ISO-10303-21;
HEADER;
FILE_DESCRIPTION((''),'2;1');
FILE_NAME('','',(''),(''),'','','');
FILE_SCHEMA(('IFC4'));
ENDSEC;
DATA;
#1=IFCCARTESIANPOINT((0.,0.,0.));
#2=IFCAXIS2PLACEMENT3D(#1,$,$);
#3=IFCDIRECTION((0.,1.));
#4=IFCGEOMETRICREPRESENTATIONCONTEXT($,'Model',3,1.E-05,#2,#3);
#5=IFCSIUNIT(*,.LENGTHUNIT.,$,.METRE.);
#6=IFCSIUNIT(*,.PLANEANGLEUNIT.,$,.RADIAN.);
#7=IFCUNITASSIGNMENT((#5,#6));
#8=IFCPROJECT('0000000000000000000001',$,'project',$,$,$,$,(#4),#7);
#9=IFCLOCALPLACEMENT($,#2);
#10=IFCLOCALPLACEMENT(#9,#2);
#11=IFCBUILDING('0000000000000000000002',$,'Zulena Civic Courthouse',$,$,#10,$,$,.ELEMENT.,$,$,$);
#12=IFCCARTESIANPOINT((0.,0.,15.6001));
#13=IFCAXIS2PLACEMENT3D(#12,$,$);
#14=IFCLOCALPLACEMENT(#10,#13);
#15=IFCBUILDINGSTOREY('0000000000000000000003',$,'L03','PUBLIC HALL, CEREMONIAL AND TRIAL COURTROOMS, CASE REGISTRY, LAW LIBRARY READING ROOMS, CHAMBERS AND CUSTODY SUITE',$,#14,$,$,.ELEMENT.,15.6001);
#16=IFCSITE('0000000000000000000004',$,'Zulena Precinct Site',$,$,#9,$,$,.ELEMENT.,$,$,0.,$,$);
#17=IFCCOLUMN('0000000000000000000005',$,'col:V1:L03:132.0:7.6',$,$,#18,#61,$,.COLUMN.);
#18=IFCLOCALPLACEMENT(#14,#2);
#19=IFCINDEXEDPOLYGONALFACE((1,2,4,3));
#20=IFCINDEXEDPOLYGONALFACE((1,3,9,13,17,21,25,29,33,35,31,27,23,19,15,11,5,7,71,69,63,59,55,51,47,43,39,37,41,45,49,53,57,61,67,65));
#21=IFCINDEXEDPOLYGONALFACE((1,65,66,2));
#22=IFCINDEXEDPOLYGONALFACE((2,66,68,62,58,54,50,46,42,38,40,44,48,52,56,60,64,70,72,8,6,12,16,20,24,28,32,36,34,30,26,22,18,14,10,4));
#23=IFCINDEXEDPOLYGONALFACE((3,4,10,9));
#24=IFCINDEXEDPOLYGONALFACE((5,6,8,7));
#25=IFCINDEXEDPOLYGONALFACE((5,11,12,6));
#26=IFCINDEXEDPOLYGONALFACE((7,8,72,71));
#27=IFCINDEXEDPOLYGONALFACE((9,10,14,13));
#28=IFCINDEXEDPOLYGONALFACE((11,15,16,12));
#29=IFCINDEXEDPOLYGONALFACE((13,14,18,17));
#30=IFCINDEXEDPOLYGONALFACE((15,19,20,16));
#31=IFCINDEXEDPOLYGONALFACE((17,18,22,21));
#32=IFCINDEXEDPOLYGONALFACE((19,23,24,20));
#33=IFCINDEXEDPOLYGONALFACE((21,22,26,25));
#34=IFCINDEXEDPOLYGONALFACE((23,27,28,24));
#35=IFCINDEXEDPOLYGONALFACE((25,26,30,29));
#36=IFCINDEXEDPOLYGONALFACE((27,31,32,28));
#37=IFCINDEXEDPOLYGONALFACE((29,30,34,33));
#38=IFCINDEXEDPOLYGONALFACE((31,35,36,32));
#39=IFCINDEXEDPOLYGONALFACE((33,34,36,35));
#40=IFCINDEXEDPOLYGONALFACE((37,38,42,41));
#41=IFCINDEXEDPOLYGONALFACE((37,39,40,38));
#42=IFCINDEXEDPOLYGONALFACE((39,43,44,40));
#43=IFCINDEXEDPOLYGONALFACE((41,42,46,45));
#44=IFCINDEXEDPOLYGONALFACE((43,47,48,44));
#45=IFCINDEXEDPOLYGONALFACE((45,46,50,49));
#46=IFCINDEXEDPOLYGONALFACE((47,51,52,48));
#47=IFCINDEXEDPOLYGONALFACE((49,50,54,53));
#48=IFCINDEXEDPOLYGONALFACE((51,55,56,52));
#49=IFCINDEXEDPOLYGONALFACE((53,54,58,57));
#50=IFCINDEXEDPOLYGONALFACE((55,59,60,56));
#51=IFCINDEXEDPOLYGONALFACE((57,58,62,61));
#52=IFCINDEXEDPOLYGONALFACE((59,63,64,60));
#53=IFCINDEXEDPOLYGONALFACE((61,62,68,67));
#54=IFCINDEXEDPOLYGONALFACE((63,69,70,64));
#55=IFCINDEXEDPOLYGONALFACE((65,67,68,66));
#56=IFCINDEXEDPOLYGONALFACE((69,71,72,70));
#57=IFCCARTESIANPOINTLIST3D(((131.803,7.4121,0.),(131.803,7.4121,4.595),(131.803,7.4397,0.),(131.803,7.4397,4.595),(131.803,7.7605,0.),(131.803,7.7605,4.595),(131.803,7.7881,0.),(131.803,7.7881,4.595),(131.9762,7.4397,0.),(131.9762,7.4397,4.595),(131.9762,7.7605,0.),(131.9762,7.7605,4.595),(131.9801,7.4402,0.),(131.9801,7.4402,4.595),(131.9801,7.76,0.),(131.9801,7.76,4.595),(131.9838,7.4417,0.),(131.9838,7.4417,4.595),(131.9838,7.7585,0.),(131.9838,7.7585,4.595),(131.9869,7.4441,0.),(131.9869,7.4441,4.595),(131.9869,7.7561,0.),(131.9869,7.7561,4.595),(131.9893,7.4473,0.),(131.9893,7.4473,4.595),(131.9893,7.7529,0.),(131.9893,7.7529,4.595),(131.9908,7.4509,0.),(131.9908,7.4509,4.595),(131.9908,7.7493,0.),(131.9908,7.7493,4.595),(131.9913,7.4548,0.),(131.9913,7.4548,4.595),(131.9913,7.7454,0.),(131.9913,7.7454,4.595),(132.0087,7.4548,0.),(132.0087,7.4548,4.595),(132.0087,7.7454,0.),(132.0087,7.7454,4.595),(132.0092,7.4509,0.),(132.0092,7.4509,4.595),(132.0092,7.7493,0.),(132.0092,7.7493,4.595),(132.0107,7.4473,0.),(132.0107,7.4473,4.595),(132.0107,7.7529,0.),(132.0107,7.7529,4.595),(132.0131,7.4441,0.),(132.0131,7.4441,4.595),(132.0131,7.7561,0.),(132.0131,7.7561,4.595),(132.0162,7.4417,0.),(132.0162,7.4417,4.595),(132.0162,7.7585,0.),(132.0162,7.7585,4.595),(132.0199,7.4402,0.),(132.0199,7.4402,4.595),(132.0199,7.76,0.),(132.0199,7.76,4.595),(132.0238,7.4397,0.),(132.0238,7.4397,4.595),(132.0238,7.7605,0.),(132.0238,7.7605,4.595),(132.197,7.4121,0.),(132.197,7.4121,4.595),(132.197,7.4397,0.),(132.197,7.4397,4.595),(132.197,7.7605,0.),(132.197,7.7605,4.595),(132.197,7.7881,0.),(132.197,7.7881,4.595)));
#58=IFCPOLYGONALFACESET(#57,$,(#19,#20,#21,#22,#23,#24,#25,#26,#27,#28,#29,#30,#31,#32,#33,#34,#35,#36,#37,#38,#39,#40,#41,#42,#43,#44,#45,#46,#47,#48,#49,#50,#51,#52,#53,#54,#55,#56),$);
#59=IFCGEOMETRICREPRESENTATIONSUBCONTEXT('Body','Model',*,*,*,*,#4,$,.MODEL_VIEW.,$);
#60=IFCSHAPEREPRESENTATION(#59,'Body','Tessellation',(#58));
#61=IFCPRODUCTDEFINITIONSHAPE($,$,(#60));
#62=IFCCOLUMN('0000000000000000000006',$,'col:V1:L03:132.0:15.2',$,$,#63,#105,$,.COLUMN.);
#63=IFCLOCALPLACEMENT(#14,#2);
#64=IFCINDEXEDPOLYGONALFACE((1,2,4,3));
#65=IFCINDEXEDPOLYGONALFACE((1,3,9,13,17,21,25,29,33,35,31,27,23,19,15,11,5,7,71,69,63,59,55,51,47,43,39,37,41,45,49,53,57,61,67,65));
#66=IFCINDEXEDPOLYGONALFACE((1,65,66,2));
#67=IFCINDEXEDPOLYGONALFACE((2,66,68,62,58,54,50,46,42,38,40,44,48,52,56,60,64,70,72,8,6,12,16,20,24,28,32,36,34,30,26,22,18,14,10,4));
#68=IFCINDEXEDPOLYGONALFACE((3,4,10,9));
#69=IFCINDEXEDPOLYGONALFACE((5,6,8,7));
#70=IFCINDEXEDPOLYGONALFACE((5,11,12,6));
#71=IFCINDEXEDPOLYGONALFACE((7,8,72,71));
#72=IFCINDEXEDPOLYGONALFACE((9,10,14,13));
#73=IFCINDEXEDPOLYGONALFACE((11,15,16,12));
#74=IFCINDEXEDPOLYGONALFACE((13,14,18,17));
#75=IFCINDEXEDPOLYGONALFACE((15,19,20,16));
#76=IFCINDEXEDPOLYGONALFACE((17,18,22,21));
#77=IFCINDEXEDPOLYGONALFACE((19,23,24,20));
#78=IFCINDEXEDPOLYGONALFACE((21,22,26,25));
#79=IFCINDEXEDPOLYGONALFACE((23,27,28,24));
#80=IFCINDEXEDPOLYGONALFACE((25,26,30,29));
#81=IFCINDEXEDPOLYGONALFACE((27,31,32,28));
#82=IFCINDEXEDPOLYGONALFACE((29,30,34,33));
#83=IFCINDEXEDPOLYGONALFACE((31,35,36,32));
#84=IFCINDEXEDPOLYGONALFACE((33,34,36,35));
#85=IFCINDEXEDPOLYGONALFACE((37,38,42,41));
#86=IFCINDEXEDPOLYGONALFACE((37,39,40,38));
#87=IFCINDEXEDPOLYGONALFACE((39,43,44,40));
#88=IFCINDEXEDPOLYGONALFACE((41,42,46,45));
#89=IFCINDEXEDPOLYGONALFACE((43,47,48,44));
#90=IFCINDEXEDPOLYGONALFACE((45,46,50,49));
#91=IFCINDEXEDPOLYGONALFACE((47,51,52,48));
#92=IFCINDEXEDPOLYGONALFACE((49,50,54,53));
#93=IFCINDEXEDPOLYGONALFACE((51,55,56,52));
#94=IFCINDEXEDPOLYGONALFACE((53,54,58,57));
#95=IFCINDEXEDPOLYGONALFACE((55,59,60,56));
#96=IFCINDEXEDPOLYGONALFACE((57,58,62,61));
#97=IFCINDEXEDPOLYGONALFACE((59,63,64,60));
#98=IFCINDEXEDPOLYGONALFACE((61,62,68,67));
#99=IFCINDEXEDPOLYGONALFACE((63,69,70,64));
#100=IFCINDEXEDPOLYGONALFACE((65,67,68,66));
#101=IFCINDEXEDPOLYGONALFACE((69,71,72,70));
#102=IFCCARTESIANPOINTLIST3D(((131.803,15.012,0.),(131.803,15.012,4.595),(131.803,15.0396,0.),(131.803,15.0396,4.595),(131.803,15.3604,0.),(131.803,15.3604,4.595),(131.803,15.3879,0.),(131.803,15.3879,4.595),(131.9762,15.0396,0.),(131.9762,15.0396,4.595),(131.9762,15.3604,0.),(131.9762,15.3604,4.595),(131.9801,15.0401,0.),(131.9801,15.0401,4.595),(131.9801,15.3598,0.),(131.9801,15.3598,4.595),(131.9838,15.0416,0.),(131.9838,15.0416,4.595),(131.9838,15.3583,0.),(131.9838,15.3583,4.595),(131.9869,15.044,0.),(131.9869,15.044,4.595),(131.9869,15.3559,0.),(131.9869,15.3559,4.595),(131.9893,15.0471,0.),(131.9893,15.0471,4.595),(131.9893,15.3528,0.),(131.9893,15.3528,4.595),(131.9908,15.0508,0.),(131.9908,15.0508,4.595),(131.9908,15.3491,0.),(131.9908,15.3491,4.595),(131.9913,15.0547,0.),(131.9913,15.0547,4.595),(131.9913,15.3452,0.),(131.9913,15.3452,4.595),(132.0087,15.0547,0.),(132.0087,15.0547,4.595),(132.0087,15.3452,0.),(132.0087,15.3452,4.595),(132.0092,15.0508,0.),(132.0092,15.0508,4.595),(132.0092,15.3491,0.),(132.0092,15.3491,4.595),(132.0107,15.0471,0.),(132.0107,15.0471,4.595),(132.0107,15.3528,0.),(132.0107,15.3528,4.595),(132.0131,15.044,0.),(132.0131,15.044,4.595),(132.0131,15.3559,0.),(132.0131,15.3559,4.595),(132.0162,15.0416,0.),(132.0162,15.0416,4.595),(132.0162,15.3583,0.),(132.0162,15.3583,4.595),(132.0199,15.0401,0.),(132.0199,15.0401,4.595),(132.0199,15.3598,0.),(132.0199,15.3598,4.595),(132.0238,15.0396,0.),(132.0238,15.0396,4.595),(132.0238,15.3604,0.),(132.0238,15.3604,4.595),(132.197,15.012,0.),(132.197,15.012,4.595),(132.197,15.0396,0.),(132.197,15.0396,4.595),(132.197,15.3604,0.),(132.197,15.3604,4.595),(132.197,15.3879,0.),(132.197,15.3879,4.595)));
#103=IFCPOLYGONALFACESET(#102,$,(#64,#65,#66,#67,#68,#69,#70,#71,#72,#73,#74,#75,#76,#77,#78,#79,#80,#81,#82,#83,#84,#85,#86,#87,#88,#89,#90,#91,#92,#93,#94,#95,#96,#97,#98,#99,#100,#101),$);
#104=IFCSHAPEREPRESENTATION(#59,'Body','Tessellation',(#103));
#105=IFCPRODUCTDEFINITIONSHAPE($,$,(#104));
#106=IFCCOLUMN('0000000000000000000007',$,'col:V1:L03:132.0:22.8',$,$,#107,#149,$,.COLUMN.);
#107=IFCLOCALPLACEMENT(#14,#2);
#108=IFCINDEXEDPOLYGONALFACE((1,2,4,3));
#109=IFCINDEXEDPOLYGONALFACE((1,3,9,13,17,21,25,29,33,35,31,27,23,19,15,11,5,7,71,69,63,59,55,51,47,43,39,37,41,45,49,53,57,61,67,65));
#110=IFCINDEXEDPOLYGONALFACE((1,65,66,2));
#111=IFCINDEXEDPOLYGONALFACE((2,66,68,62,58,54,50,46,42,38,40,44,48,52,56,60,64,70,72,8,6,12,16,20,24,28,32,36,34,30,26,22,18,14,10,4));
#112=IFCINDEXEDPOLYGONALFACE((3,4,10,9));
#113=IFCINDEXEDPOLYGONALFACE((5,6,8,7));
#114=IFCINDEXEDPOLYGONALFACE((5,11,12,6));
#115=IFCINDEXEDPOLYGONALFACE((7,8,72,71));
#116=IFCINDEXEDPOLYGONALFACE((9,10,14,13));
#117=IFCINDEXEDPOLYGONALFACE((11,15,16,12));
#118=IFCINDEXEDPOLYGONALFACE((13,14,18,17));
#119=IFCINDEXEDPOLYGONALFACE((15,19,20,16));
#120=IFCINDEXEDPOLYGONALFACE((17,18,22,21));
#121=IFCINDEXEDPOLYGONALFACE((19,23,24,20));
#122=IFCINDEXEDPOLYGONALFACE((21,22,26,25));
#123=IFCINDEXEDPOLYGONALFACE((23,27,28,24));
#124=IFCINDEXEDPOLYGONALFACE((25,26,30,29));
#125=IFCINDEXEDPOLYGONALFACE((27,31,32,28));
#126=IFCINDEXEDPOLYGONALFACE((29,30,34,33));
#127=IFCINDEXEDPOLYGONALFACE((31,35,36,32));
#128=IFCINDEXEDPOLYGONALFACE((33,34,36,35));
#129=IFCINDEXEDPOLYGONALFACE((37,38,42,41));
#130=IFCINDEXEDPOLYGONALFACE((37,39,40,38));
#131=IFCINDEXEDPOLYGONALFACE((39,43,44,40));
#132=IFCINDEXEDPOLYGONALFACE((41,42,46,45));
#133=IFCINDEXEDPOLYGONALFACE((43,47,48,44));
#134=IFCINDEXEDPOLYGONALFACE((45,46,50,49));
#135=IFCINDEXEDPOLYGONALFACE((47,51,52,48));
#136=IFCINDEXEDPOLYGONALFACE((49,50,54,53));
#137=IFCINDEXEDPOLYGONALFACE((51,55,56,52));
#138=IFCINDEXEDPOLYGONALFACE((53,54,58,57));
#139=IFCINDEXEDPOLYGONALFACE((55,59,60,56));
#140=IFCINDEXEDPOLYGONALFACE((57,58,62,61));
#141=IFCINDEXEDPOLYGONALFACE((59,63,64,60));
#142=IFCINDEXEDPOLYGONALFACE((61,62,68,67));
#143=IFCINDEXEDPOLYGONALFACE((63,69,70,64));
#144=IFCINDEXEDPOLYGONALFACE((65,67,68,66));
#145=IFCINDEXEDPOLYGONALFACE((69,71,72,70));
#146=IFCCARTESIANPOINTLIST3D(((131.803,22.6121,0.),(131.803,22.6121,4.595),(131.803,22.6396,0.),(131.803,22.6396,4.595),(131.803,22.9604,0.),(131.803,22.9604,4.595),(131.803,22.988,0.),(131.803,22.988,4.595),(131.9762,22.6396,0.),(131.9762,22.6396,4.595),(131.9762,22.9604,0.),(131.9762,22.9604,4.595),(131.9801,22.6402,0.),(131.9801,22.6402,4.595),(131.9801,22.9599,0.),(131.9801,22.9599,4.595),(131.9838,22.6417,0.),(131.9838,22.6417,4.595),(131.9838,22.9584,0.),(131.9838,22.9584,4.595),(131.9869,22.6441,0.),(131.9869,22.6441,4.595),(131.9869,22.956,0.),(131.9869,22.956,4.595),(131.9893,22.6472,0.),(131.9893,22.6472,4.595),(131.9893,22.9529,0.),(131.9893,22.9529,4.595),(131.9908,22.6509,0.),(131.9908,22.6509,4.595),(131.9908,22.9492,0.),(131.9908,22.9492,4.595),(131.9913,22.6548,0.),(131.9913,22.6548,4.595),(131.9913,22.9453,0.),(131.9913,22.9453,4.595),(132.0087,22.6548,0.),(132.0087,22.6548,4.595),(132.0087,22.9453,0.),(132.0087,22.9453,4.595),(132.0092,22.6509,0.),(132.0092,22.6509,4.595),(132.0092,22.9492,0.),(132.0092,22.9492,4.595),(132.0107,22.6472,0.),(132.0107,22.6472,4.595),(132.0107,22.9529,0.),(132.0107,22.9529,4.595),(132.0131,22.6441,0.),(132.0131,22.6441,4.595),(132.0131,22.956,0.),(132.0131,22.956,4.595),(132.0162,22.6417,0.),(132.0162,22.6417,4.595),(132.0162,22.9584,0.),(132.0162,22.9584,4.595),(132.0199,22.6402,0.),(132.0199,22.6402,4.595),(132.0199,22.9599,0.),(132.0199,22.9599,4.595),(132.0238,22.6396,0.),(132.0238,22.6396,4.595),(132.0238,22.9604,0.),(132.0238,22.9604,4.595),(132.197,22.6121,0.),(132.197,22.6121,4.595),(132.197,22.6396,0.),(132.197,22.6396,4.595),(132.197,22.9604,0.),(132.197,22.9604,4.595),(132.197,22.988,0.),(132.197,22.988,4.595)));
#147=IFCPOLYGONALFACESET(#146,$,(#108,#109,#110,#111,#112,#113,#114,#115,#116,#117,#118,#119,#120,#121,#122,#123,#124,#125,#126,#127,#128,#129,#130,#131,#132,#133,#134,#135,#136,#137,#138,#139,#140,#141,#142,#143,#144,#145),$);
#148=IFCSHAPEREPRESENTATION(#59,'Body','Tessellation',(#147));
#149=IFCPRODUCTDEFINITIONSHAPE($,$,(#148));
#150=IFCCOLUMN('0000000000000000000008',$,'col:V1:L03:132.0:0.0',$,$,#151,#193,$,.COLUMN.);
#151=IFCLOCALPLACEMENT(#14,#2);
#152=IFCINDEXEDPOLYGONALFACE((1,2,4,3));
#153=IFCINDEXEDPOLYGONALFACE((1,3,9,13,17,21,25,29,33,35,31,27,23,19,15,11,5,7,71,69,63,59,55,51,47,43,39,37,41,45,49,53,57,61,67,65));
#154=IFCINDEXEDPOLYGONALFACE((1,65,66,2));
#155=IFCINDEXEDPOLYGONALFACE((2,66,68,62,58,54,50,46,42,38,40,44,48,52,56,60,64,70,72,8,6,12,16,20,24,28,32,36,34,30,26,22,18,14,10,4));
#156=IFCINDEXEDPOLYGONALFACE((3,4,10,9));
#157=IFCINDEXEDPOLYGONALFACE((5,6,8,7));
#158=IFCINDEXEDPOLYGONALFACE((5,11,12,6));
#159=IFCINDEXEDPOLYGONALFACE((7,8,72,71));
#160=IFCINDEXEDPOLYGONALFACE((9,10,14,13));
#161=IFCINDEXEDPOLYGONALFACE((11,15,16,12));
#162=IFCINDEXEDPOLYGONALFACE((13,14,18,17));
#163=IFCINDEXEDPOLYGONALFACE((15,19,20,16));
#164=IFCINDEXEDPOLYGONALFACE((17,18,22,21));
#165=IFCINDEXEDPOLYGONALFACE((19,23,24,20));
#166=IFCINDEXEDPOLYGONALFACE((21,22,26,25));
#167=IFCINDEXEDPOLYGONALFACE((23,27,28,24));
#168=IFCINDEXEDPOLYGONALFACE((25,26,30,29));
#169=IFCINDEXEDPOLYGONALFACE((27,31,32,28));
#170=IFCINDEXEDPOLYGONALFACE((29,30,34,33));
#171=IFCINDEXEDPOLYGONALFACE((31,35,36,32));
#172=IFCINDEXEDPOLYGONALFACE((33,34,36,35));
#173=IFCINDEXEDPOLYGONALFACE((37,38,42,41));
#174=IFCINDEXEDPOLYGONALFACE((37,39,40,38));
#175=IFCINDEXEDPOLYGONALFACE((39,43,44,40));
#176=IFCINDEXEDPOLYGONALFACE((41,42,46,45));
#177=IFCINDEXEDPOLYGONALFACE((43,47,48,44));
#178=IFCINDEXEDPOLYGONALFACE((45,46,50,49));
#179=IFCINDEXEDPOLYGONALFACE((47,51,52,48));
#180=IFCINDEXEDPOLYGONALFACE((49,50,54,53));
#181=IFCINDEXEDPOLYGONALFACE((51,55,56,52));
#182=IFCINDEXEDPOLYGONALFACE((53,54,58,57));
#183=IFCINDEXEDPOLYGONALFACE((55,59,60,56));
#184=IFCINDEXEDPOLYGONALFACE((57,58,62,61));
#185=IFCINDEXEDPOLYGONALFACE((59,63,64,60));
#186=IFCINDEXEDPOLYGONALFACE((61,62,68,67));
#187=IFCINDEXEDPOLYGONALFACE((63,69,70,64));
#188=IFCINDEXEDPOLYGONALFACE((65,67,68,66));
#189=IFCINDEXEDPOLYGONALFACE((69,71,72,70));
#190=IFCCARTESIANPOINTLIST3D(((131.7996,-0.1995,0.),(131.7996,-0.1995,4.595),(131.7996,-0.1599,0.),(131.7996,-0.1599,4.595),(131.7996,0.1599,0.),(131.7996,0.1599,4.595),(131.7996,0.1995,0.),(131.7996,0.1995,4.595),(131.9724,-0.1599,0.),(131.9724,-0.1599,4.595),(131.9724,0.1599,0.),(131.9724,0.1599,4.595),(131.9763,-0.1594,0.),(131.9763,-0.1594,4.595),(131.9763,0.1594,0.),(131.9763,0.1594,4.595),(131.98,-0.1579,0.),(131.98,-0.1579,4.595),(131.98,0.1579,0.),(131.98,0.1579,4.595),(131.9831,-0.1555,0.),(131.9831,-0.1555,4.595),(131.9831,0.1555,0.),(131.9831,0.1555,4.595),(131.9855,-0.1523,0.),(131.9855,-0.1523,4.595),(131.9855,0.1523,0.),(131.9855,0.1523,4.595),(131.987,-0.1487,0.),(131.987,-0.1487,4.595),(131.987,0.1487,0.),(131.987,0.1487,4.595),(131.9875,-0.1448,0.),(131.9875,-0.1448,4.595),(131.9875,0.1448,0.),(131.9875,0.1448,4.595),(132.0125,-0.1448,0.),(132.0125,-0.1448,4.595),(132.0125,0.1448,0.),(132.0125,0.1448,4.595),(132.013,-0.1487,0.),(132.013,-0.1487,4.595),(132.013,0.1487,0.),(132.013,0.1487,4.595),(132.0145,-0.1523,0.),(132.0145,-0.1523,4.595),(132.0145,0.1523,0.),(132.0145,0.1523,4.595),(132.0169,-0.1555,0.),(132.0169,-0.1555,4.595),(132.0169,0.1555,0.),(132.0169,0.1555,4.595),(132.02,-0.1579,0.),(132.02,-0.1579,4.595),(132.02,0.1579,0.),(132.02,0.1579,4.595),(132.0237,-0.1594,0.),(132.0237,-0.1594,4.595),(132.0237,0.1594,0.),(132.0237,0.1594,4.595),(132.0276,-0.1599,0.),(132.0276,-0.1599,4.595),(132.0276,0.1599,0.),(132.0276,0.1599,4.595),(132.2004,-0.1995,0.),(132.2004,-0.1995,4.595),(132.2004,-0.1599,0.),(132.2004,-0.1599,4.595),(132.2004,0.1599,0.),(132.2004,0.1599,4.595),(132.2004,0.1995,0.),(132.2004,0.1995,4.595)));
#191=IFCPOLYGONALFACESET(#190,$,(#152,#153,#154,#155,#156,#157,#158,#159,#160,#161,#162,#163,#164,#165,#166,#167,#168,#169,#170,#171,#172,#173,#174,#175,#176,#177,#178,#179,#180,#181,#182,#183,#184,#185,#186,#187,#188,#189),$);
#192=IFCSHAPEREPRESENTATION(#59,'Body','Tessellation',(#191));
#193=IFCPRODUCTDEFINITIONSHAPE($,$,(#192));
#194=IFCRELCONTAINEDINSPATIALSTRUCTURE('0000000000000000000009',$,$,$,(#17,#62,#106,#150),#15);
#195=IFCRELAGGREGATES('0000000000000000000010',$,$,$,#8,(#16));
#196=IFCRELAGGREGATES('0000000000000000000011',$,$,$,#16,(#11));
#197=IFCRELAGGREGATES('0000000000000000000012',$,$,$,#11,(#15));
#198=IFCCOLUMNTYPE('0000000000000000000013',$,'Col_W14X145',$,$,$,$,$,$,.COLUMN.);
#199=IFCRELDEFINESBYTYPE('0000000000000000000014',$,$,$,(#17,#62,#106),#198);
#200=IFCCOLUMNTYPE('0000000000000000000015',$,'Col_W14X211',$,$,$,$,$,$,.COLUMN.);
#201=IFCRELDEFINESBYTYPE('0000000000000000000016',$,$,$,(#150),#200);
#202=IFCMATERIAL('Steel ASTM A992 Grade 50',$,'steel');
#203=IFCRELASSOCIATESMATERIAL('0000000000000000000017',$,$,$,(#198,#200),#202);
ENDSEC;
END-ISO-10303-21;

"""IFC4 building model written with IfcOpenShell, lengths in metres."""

from ifc_helpers import new_model, si_unit, direction, frame, origin, origin_2d, place, context, subcontext, project, spatial, i_section, extrude, material, material_profile, profile_set, type_object, element, save


model = new_model("IFC4")

# Units and contexts
model_context = context("Model", 3, precision=1e-05, world=origin(), true_north=direction((0.0, 1.0)))
body_context = subcontext(model_context, "Body", "Model", "MODEL_VIEW")
ifc_project = project(units=[si_unit("LENGTHUNIT", "METRE"), si_unit("PLANEANGLEUNIT", "RADIAN")], contexts=[model_context])

# Site, building, storey
site_placement = place(None, origin())
site = spatial("IfcSite", under=ifc_project, at=site_placement, Name="Zulena Precinct Site", CompositionType="ELEMENT", RefElevation=0.0)
building_placement = place(site_placement, origin())
building = spatial("IfcBuilding", under=site, at=building_placement, Name="Zulena Civic Courthouse", CompositionType="ELEMENT")
storey_placement = place(building_placement, frame((0.0, 0.0, 15.6001)))
storey = spatial("IfcBuildingStorey", under=building, at=storey_placement, Name="L03", Description="PUBLIC HALL, CEREMONIAL AND TRIAL COURTROOMS, CASE REGISTRY, LAW LIBRARY READING ROOMS, CHAMBERS AND CUSTODY SUITE", CompositionType="ELEMENT", Elevation=15.6001)

# Columns
ifc_material_1 = material(Name="Steel ASTM A992 Grade 50", Category="steel")
ifc_material_profile_1 = material_profile(ifc_material_1, i_section(OverallWidth=0.394, OverallDepth=0.376, WebThickness=0.0173, FlangeThickness=0.0276, FilletRadius=0.0151, at=origin_2d()), Name="W14X145")
ifc_profile_set_1 = profile_set([ifc_material_profile_1], Name="Steel ASTM A992 Grade 50")
column_type_1 = type_object("IfcColumnType", Name="Col_W14X145", PredefinedType="COLUMN", material=ifc_profile_set_1)
for number, where, z_axis, x_axis, name in (
    (1, (132.0, 7.6001, 0.0), (0.0, 0.0, 1.0), (1.0, 0.0, 0.0), "col:V1:L03:132.0:7.6"),
    (2, (132.0, 15.2, 0.0), (0.0, 0.0, 1.0), (1.0, 0.0, 0.0), "col:V1:L03:132.0:15.2"),
    (3, (132.0, 22.8, 0.0), (0.0, 0.0, 1.0), (1.0, 0.0, 0.0), "col:V1:L03:132.0:22.8"),
):
    element("IfcColumn", number, at=place(storey_placement, frame(where, z_axis=z_axis, x_axis=x_axis)), inside=storey, type_object=column_type_1, Name=name, PredefinedType="COLUMN", context=body_context, shape_type="SweptSolid", body=[
        extrude(i_section(OverallWidth=0.394, OverallDepth=0.376, WebThickness=0.0173, FlangeThickness=0.0276, FilletRadius=0.0151, at=origin_2d()), origin(), (0.0, 0.0, 1.0), 4.595),
    ])
ifc_material_profile_2 = material_profile(ifc_material_1, i_section(OverallWidth=0.4009, OverallDepth=0.3989, WebThickness=0.0249, FlangeThickness=0.0396, FilletRadius=0.0151, at=origin_2d()), Name="W14X211")
ifc_profile_set_2 = profile_set([ifc_material_profile_2], Name="Steel ASTM A992 Grade 50")
column_type_2 = type_object("IfcColumnType", Name="Col_W14X211", PredefinedType="COLUMN", material=ifc_profile_set_2)
for number, where, z_axis, x_axis, name in (
    (4, (132.0, 0.0, 0.0), (0.0, 0.0, 1.0), (1.0, 0.0, 0.0), "col:V1:L03:132.0:0.0"),
):
    element("IfcColumn", number, at=place(storey_placement, frame(where, z_axis=z_axis, x_axis=x_axis)), inside=storey, type_object=column_type_2, Name=name, PredefinedType="COLUMN", context=body_context, shape_type="SweptSolid", body=[
        extrude(i_section(OverallWidth=0.4009, OverallDepth=0.3989, WebThickness=0.0249, FlangeThickness=0.0396, FilletRadius=0.0151, at=origin_2d()), origin(), (0.0, 0.0, 1.0), 4.595),
    ])

save(model, "model.ifc")
